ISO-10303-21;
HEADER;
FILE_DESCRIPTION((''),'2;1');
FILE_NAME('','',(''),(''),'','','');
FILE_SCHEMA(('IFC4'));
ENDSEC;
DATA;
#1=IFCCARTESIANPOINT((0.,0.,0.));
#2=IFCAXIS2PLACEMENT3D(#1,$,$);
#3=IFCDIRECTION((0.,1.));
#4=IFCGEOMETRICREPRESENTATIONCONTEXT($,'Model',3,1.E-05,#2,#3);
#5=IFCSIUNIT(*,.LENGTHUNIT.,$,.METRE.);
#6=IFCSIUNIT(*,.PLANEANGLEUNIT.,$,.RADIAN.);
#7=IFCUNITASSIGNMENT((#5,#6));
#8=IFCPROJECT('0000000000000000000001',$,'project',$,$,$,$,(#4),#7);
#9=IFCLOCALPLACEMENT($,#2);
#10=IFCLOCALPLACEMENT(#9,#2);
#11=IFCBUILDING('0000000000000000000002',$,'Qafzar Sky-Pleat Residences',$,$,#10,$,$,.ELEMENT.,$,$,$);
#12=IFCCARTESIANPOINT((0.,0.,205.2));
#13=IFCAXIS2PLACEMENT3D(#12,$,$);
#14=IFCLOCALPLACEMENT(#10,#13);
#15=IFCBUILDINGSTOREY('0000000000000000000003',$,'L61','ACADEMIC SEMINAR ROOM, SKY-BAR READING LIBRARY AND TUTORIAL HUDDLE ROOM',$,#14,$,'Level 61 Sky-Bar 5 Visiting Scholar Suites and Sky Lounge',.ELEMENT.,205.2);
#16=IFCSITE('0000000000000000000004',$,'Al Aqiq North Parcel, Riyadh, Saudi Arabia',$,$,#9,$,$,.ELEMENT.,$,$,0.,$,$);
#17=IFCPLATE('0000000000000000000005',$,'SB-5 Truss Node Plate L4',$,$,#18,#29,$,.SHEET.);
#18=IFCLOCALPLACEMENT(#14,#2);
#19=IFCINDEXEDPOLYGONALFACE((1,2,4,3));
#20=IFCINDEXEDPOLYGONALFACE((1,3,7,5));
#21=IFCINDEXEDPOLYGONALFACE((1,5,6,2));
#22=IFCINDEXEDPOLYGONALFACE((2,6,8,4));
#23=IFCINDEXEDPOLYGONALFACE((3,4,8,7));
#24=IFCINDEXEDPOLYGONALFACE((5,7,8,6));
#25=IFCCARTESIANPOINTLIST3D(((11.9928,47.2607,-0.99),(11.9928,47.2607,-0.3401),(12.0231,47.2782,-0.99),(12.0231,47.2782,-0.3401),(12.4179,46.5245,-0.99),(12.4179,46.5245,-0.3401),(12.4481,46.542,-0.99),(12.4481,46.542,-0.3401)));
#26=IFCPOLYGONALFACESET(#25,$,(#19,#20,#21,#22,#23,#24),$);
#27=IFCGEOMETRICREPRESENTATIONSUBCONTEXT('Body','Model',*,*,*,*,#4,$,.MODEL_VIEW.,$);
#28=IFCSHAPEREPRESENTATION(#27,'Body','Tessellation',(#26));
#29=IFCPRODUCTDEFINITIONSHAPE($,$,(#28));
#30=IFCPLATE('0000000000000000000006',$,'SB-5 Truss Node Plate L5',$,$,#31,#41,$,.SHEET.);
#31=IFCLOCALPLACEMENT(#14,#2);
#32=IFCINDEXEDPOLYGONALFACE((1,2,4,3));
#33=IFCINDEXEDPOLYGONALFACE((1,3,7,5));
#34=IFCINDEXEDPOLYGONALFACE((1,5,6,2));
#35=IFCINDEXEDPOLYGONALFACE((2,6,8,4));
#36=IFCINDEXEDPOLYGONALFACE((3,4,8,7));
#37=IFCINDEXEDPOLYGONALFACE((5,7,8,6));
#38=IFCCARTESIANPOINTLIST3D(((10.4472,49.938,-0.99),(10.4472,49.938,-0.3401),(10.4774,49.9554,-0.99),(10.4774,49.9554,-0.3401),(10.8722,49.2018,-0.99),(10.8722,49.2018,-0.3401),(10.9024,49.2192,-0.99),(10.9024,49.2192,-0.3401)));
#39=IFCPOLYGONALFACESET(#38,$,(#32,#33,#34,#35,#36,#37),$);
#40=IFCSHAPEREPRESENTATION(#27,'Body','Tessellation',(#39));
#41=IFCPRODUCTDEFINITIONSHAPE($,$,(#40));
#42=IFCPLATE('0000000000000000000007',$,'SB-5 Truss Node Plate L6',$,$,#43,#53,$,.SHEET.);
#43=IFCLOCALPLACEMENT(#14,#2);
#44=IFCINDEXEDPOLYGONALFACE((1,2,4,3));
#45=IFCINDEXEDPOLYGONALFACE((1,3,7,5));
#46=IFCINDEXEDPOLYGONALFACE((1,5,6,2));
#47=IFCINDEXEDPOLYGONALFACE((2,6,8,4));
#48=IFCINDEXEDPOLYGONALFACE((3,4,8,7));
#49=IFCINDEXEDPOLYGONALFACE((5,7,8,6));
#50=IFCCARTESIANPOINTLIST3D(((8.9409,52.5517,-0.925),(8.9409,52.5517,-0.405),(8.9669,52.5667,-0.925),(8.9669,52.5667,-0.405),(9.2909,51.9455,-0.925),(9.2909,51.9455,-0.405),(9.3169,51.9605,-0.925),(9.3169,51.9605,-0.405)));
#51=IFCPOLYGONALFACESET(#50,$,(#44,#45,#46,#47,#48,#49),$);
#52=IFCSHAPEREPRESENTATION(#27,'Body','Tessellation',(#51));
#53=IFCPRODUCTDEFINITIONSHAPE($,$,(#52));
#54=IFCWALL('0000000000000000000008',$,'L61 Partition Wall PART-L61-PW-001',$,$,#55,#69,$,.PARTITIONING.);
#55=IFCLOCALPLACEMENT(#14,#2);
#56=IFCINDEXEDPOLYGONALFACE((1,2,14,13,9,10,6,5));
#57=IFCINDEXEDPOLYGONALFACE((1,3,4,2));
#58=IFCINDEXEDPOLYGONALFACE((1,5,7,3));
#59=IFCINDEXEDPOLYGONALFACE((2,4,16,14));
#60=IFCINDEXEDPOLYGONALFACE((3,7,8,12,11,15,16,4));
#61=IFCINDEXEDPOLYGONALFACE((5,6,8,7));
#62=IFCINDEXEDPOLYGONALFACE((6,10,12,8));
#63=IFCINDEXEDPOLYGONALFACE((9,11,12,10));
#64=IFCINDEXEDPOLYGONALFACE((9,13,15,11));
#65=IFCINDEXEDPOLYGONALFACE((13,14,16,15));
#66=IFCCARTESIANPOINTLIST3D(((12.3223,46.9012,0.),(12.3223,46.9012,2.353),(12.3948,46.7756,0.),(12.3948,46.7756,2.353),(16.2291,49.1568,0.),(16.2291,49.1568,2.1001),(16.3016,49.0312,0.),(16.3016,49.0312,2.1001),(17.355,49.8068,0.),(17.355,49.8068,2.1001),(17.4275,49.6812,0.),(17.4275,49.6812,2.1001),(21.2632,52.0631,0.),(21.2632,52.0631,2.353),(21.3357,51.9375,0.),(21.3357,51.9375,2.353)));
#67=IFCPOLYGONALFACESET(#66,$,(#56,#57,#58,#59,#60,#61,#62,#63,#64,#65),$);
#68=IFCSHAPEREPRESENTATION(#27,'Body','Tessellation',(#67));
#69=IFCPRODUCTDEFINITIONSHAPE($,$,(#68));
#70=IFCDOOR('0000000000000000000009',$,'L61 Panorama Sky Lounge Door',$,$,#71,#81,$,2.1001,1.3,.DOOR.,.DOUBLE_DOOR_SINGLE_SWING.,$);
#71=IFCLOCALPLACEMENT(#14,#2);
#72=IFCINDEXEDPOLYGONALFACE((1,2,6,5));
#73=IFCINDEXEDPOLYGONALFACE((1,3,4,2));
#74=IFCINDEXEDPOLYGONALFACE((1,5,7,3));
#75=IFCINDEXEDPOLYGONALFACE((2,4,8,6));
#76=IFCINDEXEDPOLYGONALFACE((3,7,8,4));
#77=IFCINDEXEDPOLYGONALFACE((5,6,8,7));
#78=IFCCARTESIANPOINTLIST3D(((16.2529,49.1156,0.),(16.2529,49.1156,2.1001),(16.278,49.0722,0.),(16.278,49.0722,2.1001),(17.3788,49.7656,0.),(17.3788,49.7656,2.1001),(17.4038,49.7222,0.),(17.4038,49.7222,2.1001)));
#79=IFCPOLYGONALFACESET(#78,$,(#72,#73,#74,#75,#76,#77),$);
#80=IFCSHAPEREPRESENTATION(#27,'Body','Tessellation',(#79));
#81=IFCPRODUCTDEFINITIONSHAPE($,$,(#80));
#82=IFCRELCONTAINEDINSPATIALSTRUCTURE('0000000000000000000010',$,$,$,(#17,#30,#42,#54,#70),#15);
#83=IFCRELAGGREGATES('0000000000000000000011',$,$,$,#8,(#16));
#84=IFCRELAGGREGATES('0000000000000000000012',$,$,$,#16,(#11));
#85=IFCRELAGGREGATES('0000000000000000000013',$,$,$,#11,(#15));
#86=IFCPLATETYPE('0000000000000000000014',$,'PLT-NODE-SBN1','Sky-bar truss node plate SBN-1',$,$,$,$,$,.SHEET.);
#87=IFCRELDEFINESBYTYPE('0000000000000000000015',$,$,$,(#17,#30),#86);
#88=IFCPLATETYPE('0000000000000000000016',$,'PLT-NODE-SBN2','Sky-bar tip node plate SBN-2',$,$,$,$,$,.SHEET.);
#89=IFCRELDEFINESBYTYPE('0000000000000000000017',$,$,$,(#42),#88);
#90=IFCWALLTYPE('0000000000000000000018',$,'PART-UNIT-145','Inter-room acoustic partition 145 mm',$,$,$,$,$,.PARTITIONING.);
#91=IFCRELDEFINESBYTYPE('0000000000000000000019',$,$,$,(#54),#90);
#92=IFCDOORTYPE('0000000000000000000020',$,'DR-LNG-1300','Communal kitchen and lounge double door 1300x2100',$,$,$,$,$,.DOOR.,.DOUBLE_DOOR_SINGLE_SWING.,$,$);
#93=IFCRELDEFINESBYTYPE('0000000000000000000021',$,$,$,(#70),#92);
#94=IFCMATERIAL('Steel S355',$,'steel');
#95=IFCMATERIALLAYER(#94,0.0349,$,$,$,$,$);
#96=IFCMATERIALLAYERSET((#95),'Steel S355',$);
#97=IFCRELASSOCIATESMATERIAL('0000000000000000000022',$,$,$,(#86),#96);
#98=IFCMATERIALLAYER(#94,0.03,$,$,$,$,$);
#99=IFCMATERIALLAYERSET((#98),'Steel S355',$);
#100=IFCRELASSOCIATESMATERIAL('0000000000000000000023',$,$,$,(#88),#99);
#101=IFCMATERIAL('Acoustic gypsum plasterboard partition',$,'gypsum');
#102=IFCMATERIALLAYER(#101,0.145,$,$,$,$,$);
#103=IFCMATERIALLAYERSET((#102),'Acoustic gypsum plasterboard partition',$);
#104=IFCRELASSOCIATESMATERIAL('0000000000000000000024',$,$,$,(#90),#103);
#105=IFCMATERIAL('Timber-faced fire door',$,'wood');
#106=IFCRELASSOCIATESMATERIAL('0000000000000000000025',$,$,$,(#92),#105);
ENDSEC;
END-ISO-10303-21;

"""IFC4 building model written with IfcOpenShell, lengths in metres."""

from ifc_helpers import new_model, si_unit, direction, frame, frame_2d, origin, origin_2d, place, context, subcontext, project, spatial, rectangle, extrude, source, transform, mapped, material, layer, layer_set, type_object, element, fill, save


model = new_model("IFC4")

# Units and contexts
model_context = context("Model", 3, precision=1e-05, world=origin(), true_north=direction((0.0, 1.0)))
body_context = subcontext(model_context, "Body", "Model", "MODEL_VIEW")
ifc_project = project(units=[si_unit("LENGTHUNIT", "METRE"), si_unit("PLANEANGLEUNIT", "RADIAN")], contexts=[model_context])

# Site, building, storey
site_placement = place(None, origin())
site = spatial("IfcSite", under=ifc_project, at=site_placement, Name="Al Aqiq North Parcel, Riyadh, Saudi Arabia", CompositionType="ELEMENT", RefElevation=0.0)
building_placement = place(site_placement, origin())
building = spatial("IfcBuilding", under=site, at=building_placement, Name="Qafzar Sky-Pleat Residences", CompositionType="ELEMENT")
storey_placement = place(building_placement, frame((0.0, 0.0, 205.2)))
storey = spatial("IfcBuildingStorey", under=building, at=storey_placement, Name="L61", Description="ACADEMIC SEMINAR ROOM, SKY-BAR READING LIBRARY AND TUTORIAL HUDDLE ROOM", LongName="Level 61 Sky-Bar 5 Visiting Scholar Suites and Sky Lounge", CompositionType="ELEMENT", Elevation=205.2)

# Shared definitions
ifc_material_1 = material(Name="Steel S355", Category="steel")

# Plates
ifc_layer_1 = layer(ifc_material_1, 0.0349)
ifc_layer_set_1 = layer_set([ifc_layer_1], Name="Steel S355")
plate_type_1 = type_object("IfcPlateType", Name="PLT-NODE-SBN1", Description="Sky-bar truss node plate SBN-1", PredefinedType="SHEET", material=ifc_layer_set_1)
shared_shape_1 = source(origin(), body_context, "Body", "SweptSolid", [
    extrude(rectangle(XDim=0.8501, YDim=0.0349, at=origin_2d()), origin(), (0.0, 0.0, 1.0), 0.6499),
])
for number, where, z_axis, x_axis, name in (
    (1, (12.2205, 46.9014, -0.99), (0.0, 0.0, 1.0), (-0.5, 0.866025, 0.0), "SB-5 Truss Node Plate L4"),
    (2, (10.6748, 49.5786, -0.99), (0.0, 0.0, 1.0), (-0.5, 0.866025, 0.0), "SB-5 Truss Node Plate L5"),
):
    element("IfcPlate", number, at=place(storey_placement, frame(where, z_axis=z_axis, x_axis=x_axis)), inside=storey, type_object=plate_type_1, Name=name, PredefinedType="SHEET", context=body_context, shape_type="MappedRepresentation", body=[
        mapped(shared_shape_1, transform((0.0, 0.0, 0.0), x_axis=(1.0, 0.0, 0.0), y_axis=(0.0, 1.0, 0.0), z_axis=(0.0, 0.0, 1.0), scale=1.0)),
    ])
ifc_layer_2 = layer(ifc_material_1, 0.03)
ifc_layer_set_2 = layer_set([ifc_layer_2], Name="Steel S355")
plate_type_2 = type_object("IfcPlateType", Name="PLT-NODE-SBN2", Description="Sky-bar tip node plate SBN-2", PredefinedType="SHEET", material=ifc_layer_set_2)
shared_shape_2 = source(origin(), body_context, "Body", "SweptSolid", [
    extrude(rectangle(XDim=0.7, YDim=0.03, at=origin_2d()), origin(), (0.0, 0.0, 1.0), 0.52),
])
plate_placement = place(storey_placement, frame((9.1289, 52.2561, -0.925), z_axis=(0.0, 0.0, 1.0), x_axis=(-0.5, 0.866025, 0.0)))
element("IfcPlate", 3, at=plate_placement, inside=storey, type_object=plate_type_2, Name="SB-5 Truss Node Plate L6", PredefinedType="SHEET", context=body_context, shape_type="MappedRepresentation", body=[
    mapped(shared_shape_2, transform((0.0, 0.0, 0.0), x_axis=(1.0, 0.0, 0.0), y_axis=(0.0, 1.0, 0.0), z_axis=(0.0, 0.0, 1.0), scale=1.0)),
])

# Wall, opening, door
ifc_material_2 = material(Name="Acoustic gypsum plasterboard partition", Category="gypsum")
ifc_layer_3 = layer(ifc_material_2, 0.145)
ifc_layer_set_3 = layer_set([ifc_layer_3], Name="Acoustic gypsum plasterboard partition")
wall_type = type_object("IfcWallType", Name="PART-UNIT-145", Description="Inter-room acoustic partition 145 mm", PredefinedType="PARTITIONING", material=ifc_layer_set_3)
wall_placement = place(storey_placement, frame((12.3584, 46.8384, 0.0), z_axis=(0.0, 0.0, 1.0), x_axis=(0.866033, 0.499987, 0.0)))
wall = element("IfcWall", 4, at=wall_placement, inside=storey, type_object=wall_type, Name="L61 Partition Wall PART-L61-PW-001", PredefinedType="PARTITIONING", context=body_context, shape_type="SweptSolid", body=[
    extrude(rectangle(XDim=10.324, YDim=0.145, at=frame_2d((5.1621, 0.0))), origin(), (0.0, 0.0, 1.0), 2.353),
])
opening_placement = place(wall_placement, frame((4.5115, 0.0, 0.0)))
opening = element("IfcOpeningElement", 5, at=opening_placement, cuts=wall, PredefinedType="OPENING", context=body_context, shape_type="SweptSolid", body=[
    extrude(rectangle(XDim=1.3, YDim=2.1001, at=frame_2d((0.6499, 1.05))), frame((0.0, 0.0825, 0.0), z_axis=(0.0, -1.0, 0.0), x_axis=(1.0, 0.0, 0.0)), (0.0, 0.0, 1.0), 0.165),
])
ifc_material_3 = material(Name="Timber-faced fire door", Category="wood")
door_type = type_object("IfcDoorType", Name="DR-LNG-1300", Description="Communal kitchen and lounge double door 1300x2100", OperationType="DOUBLE_DOOR_SINGLE_SWING", PredefinedType="DOOR", material=ifc_material_3)
shared_shape_3 = source(origin(), body_context, "Body", "SweptSolid", [
    extrude(rectangle(XDim=1.3, YDim=2.1001, at=frame_2d((0.6499, 1.05))), frame((0.0, 0.0249, 0.0), z_axis=(0.0, -1.0, 0.0), x_axis=(1.0, 0.0, 0.0)), (0.0, 0.0, 1.0), 0.05),
])
door_placement = place(opening_placement, origin())
door = element("IfcDoor", 6, at=door_placement, inside=storey, type_object=door_type, Name="L61 Panorama Sky Lounge Door", OperationType="DOUBLE_DOOR_SINGLE_SWING", OverallHeight=2.1001, OverallWidth=1.3, PredefinedType="DOOR", context=body_context, shape_type="MappedRepresentation", body=[
    mapped(shared_shape_3, transform((0.0, 0.0, 0.0), x_axis=(1.0, 0.0, 0.0), y_axis=(0.0, 1.0, 0.0), z_axis=(0.0, 0.0, 1.0), scale=1.0)),
])
fill(opening, door)

save(model, "model.ifc")
